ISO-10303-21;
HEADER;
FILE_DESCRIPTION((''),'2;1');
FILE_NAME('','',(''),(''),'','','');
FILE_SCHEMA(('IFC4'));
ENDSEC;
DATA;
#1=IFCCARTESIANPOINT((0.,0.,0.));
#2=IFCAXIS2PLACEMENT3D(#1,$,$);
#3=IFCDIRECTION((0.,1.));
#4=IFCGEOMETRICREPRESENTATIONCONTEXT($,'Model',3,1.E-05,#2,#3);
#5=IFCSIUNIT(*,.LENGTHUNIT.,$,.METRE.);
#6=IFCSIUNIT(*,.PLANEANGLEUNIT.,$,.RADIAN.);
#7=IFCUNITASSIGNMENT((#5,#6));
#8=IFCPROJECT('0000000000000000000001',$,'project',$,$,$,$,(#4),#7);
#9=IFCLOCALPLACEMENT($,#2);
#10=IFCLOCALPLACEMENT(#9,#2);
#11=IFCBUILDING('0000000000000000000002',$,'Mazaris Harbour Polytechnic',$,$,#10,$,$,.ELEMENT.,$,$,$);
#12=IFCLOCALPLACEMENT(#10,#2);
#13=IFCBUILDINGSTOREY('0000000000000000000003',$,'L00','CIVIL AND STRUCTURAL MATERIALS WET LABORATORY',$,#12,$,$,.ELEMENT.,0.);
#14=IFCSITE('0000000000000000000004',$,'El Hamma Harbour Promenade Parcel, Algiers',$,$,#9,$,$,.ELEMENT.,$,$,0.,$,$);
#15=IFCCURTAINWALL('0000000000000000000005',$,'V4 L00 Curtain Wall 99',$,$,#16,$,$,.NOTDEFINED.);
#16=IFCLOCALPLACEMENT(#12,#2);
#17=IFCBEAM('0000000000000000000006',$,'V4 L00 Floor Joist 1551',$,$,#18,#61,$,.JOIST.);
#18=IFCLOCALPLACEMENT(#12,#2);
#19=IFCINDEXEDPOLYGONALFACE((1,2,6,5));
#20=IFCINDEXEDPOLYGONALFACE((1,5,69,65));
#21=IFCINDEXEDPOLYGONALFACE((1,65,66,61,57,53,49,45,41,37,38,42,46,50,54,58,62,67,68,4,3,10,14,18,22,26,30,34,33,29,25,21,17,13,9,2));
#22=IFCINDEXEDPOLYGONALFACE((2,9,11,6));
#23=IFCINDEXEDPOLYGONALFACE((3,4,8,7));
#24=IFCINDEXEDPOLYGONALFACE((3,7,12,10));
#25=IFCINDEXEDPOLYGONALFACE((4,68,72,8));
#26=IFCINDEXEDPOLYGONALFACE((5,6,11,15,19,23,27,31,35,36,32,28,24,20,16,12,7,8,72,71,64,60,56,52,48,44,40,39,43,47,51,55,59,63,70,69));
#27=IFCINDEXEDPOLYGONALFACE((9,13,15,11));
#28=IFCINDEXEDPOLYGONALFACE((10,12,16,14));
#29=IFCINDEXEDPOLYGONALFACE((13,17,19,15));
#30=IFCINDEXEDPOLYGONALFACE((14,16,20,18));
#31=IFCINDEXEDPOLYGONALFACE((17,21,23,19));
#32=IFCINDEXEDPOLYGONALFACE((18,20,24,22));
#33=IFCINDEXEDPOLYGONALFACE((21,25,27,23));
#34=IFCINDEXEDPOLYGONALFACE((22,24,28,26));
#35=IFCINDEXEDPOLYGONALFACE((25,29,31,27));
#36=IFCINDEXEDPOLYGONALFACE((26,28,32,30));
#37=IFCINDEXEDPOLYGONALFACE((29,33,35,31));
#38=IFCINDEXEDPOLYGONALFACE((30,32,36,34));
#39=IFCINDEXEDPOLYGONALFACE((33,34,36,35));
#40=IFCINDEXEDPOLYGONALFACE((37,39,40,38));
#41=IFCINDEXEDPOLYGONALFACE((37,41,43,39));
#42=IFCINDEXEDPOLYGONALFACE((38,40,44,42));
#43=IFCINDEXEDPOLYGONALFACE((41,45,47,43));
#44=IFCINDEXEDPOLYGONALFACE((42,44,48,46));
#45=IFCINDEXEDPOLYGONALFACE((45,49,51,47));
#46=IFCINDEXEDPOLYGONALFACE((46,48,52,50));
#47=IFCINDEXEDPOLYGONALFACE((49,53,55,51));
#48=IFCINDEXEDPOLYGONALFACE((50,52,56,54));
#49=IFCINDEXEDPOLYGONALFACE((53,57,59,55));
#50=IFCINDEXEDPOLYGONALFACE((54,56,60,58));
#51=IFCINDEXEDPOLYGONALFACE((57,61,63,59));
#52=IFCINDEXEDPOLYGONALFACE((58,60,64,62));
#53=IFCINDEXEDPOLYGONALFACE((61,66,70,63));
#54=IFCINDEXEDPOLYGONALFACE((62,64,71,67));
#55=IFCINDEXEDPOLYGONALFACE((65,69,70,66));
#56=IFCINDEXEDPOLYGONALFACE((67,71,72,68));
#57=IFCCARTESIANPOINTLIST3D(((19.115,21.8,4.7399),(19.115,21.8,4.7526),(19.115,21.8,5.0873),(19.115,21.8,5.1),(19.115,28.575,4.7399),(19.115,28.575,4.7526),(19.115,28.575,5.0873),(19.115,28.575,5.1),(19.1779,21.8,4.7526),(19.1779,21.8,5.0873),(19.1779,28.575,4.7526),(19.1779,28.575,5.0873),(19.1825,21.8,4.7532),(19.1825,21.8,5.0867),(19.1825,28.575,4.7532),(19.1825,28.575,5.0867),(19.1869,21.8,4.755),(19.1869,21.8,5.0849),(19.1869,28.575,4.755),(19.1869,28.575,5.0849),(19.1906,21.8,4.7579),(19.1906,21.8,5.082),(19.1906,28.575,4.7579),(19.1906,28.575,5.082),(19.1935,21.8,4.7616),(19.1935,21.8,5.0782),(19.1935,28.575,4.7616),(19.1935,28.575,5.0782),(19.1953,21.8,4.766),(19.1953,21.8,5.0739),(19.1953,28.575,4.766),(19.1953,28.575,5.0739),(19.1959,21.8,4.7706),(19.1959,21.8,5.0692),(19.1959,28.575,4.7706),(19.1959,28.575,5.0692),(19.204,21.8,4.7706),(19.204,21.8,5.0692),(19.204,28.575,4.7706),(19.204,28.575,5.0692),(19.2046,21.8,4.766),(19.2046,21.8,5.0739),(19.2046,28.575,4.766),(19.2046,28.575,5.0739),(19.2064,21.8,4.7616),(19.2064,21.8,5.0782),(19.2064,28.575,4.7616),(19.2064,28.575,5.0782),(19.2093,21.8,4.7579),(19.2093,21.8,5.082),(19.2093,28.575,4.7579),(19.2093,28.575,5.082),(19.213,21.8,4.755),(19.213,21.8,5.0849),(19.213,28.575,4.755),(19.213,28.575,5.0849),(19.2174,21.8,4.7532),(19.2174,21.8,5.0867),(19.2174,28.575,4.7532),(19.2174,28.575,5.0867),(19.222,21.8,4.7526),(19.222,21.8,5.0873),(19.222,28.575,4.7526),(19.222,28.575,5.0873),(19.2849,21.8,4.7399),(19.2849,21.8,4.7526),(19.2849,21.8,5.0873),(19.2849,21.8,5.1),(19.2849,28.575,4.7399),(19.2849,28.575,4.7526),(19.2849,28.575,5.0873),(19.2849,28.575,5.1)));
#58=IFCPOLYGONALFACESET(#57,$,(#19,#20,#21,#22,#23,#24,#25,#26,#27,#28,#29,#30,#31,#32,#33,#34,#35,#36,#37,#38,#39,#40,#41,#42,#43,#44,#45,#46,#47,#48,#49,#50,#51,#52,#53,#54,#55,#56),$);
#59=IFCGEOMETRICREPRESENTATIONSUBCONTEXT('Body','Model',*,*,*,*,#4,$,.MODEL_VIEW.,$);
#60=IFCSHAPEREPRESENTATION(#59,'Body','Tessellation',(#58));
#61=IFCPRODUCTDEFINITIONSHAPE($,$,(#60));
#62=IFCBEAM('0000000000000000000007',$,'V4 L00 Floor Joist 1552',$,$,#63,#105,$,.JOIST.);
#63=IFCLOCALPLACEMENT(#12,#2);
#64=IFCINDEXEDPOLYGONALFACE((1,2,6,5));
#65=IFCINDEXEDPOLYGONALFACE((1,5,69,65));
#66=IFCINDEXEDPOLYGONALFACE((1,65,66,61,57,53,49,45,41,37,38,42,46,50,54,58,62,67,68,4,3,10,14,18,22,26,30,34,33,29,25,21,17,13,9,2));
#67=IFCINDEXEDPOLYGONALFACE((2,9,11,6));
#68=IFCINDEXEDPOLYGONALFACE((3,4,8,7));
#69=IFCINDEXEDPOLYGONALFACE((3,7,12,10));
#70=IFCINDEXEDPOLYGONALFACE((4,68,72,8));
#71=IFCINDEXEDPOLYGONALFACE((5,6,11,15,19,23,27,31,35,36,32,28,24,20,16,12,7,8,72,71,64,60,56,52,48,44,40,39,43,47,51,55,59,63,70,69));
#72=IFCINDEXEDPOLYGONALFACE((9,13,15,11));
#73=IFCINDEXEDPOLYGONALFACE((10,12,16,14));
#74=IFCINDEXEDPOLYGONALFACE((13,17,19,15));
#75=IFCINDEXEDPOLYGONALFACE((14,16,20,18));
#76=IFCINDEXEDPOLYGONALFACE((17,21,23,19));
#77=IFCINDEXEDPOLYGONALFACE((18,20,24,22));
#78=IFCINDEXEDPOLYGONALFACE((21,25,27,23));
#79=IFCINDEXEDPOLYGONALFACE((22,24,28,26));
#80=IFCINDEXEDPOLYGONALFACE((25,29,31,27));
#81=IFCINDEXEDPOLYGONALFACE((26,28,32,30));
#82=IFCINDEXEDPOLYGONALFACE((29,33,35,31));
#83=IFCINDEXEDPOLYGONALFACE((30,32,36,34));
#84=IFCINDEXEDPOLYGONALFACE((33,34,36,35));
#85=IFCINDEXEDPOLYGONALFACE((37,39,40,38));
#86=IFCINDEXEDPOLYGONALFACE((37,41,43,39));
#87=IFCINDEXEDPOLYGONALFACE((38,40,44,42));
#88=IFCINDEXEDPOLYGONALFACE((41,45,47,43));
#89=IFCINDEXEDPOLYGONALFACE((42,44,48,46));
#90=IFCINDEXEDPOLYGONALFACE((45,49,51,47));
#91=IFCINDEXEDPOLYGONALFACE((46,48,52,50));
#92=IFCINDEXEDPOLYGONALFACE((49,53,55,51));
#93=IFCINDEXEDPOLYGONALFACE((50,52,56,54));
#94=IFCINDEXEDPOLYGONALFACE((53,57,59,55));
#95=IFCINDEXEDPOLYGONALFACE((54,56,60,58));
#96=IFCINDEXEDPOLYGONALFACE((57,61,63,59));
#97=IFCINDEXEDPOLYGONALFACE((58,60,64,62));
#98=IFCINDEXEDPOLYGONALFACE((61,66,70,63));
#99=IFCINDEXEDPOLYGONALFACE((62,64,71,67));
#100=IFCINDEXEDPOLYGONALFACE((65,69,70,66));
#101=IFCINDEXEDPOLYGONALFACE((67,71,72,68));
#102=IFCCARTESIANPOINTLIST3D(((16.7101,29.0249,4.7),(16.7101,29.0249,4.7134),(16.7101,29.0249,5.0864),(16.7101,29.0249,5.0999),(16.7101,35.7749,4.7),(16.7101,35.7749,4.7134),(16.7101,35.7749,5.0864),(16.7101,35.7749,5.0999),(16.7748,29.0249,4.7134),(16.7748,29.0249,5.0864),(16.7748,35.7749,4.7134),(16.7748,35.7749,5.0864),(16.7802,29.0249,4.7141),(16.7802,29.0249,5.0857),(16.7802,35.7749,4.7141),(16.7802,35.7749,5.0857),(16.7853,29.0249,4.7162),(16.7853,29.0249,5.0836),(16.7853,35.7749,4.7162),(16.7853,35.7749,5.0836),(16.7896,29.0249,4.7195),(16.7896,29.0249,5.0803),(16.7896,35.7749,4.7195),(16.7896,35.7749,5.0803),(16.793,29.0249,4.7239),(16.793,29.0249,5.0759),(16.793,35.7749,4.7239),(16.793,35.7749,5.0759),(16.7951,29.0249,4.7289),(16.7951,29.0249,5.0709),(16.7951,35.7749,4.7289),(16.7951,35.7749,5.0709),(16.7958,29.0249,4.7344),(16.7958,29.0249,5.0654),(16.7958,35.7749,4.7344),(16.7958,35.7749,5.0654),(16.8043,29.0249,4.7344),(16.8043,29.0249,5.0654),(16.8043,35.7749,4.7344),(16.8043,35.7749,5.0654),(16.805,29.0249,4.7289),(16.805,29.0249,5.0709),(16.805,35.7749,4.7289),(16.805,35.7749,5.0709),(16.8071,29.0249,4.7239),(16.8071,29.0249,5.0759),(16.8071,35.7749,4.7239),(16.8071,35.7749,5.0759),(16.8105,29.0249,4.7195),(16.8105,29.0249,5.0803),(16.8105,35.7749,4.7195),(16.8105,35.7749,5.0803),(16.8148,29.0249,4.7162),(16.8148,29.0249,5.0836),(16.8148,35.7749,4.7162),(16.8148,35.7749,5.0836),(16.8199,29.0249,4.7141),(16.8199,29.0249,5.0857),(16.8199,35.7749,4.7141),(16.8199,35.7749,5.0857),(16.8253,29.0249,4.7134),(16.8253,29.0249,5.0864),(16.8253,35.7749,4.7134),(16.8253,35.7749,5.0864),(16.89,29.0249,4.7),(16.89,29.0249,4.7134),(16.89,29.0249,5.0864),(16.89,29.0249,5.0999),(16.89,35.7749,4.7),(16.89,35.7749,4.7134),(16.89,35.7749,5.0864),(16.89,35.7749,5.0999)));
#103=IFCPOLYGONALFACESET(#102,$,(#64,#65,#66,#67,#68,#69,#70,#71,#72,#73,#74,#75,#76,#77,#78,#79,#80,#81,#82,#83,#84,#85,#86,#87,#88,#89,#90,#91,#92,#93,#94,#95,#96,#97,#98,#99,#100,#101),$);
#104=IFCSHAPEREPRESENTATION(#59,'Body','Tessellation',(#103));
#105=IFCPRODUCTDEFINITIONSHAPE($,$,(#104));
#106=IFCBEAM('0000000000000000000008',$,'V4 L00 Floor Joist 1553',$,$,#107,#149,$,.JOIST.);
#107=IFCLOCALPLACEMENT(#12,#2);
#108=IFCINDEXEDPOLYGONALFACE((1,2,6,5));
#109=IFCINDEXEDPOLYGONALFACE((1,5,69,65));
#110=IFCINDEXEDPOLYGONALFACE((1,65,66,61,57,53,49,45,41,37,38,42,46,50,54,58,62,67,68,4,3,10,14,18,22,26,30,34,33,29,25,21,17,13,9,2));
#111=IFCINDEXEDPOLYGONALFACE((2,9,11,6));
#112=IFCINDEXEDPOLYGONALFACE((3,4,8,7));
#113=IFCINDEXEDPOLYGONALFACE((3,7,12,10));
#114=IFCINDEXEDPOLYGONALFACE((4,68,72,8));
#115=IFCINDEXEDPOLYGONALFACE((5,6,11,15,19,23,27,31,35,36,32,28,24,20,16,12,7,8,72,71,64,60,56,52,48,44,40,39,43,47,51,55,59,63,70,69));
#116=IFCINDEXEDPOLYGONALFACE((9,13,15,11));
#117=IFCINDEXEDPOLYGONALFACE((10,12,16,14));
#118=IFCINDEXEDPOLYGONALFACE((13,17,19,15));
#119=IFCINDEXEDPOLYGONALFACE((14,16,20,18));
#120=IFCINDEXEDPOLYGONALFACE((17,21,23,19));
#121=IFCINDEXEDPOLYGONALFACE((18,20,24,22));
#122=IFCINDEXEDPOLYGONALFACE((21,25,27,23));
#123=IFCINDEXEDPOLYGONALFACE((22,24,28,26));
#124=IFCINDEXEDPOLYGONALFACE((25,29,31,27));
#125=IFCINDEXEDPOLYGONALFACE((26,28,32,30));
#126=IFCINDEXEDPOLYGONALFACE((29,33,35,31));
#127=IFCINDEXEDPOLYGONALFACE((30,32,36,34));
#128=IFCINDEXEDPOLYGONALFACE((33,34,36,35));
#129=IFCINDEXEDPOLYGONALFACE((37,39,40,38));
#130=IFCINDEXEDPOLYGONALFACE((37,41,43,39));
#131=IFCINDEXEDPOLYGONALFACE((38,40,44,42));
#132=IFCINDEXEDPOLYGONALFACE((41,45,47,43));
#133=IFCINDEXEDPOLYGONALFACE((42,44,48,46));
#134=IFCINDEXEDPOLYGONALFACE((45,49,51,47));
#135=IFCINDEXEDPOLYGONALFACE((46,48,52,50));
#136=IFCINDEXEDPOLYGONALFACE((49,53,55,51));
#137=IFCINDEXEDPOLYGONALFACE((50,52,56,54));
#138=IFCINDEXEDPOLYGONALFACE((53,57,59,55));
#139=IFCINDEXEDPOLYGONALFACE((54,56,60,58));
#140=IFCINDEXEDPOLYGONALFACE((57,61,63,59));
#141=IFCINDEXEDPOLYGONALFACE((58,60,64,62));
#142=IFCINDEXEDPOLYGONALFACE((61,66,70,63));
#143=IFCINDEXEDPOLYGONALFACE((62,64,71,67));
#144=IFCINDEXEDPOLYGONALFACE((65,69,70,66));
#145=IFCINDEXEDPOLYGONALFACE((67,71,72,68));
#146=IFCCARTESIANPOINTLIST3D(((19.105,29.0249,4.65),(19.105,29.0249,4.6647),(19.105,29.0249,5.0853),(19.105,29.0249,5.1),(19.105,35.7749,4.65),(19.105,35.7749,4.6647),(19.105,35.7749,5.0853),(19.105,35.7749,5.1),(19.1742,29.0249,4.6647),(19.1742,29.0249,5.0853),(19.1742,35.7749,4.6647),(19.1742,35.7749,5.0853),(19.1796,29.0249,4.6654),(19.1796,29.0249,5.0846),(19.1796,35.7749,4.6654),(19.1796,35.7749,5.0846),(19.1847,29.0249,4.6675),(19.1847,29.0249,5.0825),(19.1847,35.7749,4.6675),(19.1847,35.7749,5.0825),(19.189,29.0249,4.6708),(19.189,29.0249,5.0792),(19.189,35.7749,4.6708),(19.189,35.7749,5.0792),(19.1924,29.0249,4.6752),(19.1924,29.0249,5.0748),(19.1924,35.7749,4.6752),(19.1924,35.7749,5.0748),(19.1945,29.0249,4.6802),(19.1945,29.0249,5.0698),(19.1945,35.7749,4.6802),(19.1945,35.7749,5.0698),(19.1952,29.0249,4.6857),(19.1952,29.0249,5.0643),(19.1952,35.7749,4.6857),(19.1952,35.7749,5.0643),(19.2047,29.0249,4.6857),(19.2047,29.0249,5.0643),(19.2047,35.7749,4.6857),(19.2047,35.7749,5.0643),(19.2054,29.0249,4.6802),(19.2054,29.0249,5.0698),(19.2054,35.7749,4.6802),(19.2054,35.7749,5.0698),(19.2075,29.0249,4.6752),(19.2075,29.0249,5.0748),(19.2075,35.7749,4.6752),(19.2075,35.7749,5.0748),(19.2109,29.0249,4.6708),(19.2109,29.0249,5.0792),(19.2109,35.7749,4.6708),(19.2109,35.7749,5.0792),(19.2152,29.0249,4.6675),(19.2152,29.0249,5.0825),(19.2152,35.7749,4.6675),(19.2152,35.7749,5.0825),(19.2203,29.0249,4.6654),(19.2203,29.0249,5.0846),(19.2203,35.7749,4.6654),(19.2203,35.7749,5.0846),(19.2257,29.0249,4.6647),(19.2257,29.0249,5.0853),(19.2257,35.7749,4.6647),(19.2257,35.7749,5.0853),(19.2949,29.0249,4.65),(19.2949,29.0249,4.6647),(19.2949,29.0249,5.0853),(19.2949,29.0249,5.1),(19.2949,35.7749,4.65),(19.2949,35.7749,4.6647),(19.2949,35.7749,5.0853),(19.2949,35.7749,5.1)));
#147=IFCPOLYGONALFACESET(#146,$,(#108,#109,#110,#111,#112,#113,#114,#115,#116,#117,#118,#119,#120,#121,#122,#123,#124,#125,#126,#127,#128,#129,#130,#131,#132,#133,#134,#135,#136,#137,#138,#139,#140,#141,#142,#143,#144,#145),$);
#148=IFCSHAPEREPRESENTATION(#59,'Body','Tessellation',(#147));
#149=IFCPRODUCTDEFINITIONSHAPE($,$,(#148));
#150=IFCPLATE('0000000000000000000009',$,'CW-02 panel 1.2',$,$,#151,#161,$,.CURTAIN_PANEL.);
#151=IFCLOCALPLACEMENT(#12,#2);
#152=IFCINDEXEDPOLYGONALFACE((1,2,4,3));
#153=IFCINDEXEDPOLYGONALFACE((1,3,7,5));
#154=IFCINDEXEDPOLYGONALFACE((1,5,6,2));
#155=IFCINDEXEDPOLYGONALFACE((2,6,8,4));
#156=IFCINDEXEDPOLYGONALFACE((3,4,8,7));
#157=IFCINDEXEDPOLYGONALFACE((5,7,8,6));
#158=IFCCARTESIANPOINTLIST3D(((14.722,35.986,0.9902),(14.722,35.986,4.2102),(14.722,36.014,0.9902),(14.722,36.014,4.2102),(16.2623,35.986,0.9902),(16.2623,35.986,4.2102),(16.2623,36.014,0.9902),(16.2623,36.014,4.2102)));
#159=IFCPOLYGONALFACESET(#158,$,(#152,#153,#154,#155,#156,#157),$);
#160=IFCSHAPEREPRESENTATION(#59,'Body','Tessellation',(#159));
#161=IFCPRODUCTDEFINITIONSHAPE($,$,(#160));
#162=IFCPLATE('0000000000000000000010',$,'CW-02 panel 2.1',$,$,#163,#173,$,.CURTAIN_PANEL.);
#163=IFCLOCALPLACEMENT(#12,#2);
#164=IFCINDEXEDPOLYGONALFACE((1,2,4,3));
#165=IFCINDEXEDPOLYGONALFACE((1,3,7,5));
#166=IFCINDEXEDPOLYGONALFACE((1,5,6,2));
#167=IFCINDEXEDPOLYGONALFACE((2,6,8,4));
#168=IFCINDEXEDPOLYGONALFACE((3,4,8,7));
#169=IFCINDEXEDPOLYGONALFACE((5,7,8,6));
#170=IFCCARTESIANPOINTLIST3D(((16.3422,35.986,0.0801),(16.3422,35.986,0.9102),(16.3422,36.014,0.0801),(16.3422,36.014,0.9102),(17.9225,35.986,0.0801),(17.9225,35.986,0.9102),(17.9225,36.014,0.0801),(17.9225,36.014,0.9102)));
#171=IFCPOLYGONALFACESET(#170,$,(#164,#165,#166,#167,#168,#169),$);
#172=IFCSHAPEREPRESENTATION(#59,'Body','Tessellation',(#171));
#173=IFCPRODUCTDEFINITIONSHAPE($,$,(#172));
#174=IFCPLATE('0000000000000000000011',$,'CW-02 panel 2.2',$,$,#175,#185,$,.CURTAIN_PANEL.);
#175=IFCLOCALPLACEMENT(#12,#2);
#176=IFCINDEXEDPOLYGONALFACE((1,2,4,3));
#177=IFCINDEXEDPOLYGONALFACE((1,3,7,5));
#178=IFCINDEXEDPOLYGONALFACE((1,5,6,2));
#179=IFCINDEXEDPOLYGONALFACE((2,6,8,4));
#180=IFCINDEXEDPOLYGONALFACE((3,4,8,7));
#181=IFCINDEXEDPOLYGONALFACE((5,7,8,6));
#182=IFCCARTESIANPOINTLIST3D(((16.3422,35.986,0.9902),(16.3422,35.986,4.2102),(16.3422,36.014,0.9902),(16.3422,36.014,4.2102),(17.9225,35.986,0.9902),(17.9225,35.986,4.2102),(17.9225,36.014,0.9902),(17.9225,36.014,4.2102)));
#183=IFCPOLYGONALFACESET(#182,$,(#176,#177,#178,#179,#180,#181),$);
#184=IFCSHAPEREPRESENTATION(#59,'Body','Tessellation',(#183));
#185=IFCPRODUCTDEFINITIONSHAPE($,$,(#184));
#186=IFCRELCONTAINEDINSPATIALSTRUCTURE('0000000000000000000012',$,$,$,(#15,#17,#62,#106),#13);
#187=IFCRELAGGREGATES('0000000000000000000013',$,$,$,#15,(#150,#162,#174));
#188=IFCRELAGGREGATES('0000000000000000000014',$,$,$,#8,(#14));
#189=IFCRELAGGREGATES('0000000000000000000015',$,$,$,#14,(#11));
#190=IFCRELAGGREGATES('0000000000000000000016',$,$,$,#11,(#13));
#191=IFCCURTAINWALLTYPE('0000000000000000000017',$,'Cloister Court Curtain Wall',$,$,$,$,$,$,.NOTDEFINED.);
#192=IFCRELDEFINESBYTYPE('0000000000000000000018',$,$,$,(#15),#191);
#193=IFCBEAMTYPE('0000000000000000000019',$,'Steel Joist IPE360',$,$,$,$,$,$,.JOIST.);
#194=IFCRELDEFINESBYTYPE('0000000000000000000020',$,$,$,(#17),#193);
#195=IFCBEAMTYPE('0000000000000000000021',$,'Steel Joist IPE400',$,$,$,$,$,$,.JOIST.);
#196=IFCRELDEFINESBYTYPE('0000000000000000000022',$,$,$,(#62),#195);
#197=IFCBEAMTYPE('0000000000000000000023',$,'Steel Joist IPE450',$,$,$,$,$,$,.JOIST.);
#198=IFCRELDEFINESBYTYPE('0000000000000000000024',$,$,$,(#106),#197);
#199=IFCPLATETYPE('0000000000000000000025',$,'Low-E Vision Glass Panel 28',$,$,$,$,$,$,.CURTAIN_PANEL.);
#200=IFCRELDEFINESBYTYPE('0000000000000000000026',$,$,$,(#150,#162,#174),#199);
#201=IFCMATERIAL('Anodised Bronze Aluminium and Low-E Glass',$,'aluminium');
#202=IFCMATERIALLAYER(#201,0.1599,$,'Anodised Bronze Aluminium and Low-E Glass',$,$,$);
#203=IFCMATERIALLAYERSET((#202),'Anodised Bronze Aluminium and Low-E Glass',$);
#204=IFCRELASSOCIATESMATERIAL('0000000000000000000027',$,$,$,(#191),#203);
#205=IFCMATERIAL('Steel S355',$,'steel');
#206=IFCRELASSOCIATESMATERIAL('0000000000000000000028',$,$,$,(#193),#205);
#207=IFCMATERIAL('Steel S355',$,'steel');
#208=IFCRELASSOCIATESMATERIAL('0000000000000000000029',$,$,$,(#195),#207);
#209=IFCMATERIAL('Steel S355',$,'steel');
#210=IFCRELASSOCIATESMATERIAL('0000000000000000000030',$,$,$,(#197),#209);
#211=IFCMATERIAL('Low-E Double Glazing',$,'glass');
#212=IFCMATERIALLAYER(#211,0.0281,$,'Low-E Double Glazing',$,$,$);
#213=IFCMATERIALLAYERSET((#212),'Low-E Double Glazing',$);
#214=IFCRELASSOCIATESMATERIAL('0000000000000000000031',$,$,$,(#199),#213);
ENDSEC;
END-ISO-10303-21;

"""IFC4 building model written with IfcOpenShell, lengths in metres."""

from ifc_helpers import new_model, si_unit, direction, frame, origin, origin_2d, place, context, subcontext, project, spatial, rectangle, i_section, extrude, material, layer, layer_set, material_profile, profile_set, type_object, element, aggregate, save


model = new_model("IFC4")

# Units and contexts
model_context = context("Model", 3, precision=1e-05, world=origin(), true_north=direction((0.0, 1.0)))
body_context = subcontext(model_context, "Body", "Model", "MODEL_VIEW")
ifc_project = project(units=[si_unit("LENGTHUNIT", "METRE"), si_unit("PLANEANGLEUNIT", "RADIAN")], contexts=[model_context])

# Site, building, storey
site_placement = place(None, origin())
site = spatial("IfcSite", under=ifc_project, at=site_placement, Name="El Hamma Harbour Promenade Parcel, Algiers", CompositionType="ELEMENT", RefElevation=0.0)
building_placement = place(site_placement, origin())
building = spatial("IfcBuilding", under=site, at=building_placement, Name="Mazaris Harbour Polytechnic", CompositionType="ELEMENT")
storey_placement = place(building_placement, origin())
storey = spatial("IfcBuildingStorey", under=building, at=storey_placement, Name="L00", Description="CIVIL AND STRUCTURAL MATERIALS WET LABORATORY", CompositionType="ELEMENT", Elevation=0.0)

# Curtain wall
ifc_material_1 = material(Name="Anodised Bronze Aluminium and Low-E Glass", Category="aluminium")
ifc_layer_1 = layer(ifc_material_1, 0.1599, Name="Anodised Bronze Aluminium and Low-E Glass")
ifc_layer_set_1 = layer_set([ifc_layer_1], Name="Anodised Bronze Aluminium and Low-E Glass")
curtain_wall_type = type_object("IfcCurtainWallType", Name="Cloister Court Curtain Wall", PredefinedType="NOTDEFINED", material=ifc_layer_set_1)
curtain_wall_1_placement = place(storey_placement, origin())
curtain_wall_1 = element("IfcCurtainWall", 1, at=curtain_wall_1_placement, inside=storey, type_object=curtain_wall_type, Name="V4 L00 Curtain Wall 99", PredefinedType="NOTDEFINED")

# Beams
ifc_material_2 = material(Name="Steel S355", Category="steel")
ifc_material_profile_1 = material_profile(ifc_material_2, i_section(OverallWidth=0.1699, OverallDepth=0.3601, WebThickness=0.0081, FlangeThickness=0.0127, FilletRadius=0.0181, at=origin_2d()), Name="IPE 360")
ifc_profile_set_1 = profile_set([ifc_material_profile_1], Name="Steel S355")
beam_type_1 = type_object("IfcBeamType", Name="Steel Joist IPE360", PredefinedType="JOIST", material=ifc_profile_set_1)
beam_1_placement = place(storey_placement, frame((19.2, 21.8, 4.9199), z_axis=(0.0, 1.0, 0.0), x_axis=(-1.0, 0.0, 0.0)))
element("IfcBeam", 2, at=beam_1_placement, inside=storey, type_object=beam_type_1, Name="V4 L00 Floor Joist 1551", PredefinedType="JOIST", context=body_context, shape_type="SweptSolid", body=[
    extrude(i_section(OverallWidth=0.1699, OverallDepth=0.3601, WebThickness=0.0081, FlangeThickness=0.0127, FilletRadius=0.0181, at=origin_2d()), origin(), (0.0, 0.0, 1.0), 6.7749),
])
ifc_material_3 = material(Name="Steel S355", Category="steel")
ifc_material_profile_2 = material_profile(ifc_material_3, i_section(OverallWidth=0.1799, OverallDepth=0.3999, WebThickness=0.0085, FlangeThickness=0.0134, FilletRadius=0.021, at=origin_2d()), Name="IPE 400")
ifc_profile_set_2 = profile_set([ifc_material_profile_2], Name="Steel S355")
beam_type_2 = type_object("IfcBeamType", Name="Steel Joist IPE400", PredefinedType="JOIST", material=ifc_profile_set_2)
beam_2_placement = place(storey_placement, frame((16.8, 29.0249, 4.8999), z_axis=(0.0, 1.0, 0.0), x_axis=(-1.0, 0.0, 0.0)))
element("IfcBeam", 3, at=beam_2_placement, inside=storey, type_object=beam_type_2, Name="V4 L00 Floor Joist 1552", PredefinedType="JOIST", context=body_context, shape_type="SweptSolid", body=[
    extrude(i_section(OverallWidth=0.1799, OverallDepth=0.3999, WebThickness=0.0085, FlangeThickness=0.0134, FilletRadius=0.021, at=origin_2d()), origin(), (0.0, 0.0, 1.0), 6.75),
])
ifc_material_4 = material(Name="Steel S355", Category="steel")
ifc_material_profile_3 = material_profile(ifc_material_4, i_section(OverallWidth=0.1899, OverallDepth=0.45, WebThickness=0.0095, FlangeThickness=0.0146, FilletRadius=0.021, at=origin_2d()), Name="IPE 450")
ifc_profile_set_3 = profile_set([ifc_material_profile_3], Name="Steel S355")
beam_type_3 = type_object("IfcBeamType", Name="Steel Joist IPE450", PredefinedType="JOIST", material=ifc_profile_set_3)
beam_3_placement = place(storey_placement, frame((19.2, 29.0249, 4.875), z_axis=(0.0, 1.0, 0.0), x_axis=(-1.0, 0.0, 0.0)))
element("IfcBeam", 4, at=beam_3_placement, inside=storey, type_object=beam_type_3, Name="V4 L00 Floor Joist 1553", PredefinedType="JOIST", context=body_context, shape_type="SweptSolid", body=[
    extrude(i_section(OverallWidth=0.1899, OverallDepth=0.45, WebThickness=0.0095, FlangeThickness=0.0146, FilletRadius=0.021, at=origin_2d()), origin(), (0.0, 0.0, 1.0), 6.75),
])

# Plates
ifc_material_5 = material(Name="Low-E Double Glazing", Category="glass")
ifc_layer_2 = layer(ifc_material_5, 0.0281, Name="Low-E Double Glazing")
ifc_layer_set_2 = layer_set([ifc_layer_2], Name="Low-E Double Glazing")
plate_type = type_object("IfcPlateType", Name="Low-E Vision Glass Panel 28", PredefinedType="CURTAIN_PANEL", material=ifc_layer_set_2)
plate_1_placement = place(storey_placement, frame((15.4922, 36.0, 0.9902), z_axis=(0.0, 0.0, 1.0), x_axis=(1.0, 0.0, 0.0)))
plate_1 = element("IfcPlate", 5, at=plate_1_placement, type_object=plate_type, Name="CW-02 panel 1.2", PredefinedType="CURTAIN_PANEL", context=body_context, shape_type="SweptSolid", body=[
    extrude(rectangle(XDim=1.5403, YDim=0.0281, at=origin_2d()), origin(), (0.0, 0.0, 1.0), 3.22),
])
plate_2_placement = place(storey_placement, frame((17.1323, 36.0, 0.0801), z_axis=(0.0, 0.0, 1.0), x_axis=(1.0, 0.0, 0.0)))
plate_2 = element("IfcPlate", 6, at=plate_2_placement, type_object=plate_type, Name="CW-02 panel 2.1", PredefinedType="CURTAIN_PANEL", context=body_context, shape_type="SweptSolid", body=[
    extrude(rectangle(XDim=1.5803, YDim=0.0281, at=origin_2d()), origin(), (0.0, 0.0, 1.0), 0.8301),
])
plate_3_placement = place(storey_placement, frame((17.1323, 36.0, 0.9902), z_axis=(0.0, 0.0, 1.0), x_axis=(1.0, 0.0, 0.0)))
plate_3 = element("IfcPlate", 7, at=plate_3_placement, type_object=plate_type, Name="CW-02 panel 2.2", PredefinedType="CURTAIN_PANEL", context=body_context, shape_type="SweptSolid", body=[
    extrude(rectangle(XDim=1.5803, YDim=0.0281, at=origin_2d()), origin(), (0.0, 0.0, 1.0), 3.22),
])
aggregate(curtain_wall_1, [plate_1, plate_2, plate_3])

save(model, "model.ifc")
